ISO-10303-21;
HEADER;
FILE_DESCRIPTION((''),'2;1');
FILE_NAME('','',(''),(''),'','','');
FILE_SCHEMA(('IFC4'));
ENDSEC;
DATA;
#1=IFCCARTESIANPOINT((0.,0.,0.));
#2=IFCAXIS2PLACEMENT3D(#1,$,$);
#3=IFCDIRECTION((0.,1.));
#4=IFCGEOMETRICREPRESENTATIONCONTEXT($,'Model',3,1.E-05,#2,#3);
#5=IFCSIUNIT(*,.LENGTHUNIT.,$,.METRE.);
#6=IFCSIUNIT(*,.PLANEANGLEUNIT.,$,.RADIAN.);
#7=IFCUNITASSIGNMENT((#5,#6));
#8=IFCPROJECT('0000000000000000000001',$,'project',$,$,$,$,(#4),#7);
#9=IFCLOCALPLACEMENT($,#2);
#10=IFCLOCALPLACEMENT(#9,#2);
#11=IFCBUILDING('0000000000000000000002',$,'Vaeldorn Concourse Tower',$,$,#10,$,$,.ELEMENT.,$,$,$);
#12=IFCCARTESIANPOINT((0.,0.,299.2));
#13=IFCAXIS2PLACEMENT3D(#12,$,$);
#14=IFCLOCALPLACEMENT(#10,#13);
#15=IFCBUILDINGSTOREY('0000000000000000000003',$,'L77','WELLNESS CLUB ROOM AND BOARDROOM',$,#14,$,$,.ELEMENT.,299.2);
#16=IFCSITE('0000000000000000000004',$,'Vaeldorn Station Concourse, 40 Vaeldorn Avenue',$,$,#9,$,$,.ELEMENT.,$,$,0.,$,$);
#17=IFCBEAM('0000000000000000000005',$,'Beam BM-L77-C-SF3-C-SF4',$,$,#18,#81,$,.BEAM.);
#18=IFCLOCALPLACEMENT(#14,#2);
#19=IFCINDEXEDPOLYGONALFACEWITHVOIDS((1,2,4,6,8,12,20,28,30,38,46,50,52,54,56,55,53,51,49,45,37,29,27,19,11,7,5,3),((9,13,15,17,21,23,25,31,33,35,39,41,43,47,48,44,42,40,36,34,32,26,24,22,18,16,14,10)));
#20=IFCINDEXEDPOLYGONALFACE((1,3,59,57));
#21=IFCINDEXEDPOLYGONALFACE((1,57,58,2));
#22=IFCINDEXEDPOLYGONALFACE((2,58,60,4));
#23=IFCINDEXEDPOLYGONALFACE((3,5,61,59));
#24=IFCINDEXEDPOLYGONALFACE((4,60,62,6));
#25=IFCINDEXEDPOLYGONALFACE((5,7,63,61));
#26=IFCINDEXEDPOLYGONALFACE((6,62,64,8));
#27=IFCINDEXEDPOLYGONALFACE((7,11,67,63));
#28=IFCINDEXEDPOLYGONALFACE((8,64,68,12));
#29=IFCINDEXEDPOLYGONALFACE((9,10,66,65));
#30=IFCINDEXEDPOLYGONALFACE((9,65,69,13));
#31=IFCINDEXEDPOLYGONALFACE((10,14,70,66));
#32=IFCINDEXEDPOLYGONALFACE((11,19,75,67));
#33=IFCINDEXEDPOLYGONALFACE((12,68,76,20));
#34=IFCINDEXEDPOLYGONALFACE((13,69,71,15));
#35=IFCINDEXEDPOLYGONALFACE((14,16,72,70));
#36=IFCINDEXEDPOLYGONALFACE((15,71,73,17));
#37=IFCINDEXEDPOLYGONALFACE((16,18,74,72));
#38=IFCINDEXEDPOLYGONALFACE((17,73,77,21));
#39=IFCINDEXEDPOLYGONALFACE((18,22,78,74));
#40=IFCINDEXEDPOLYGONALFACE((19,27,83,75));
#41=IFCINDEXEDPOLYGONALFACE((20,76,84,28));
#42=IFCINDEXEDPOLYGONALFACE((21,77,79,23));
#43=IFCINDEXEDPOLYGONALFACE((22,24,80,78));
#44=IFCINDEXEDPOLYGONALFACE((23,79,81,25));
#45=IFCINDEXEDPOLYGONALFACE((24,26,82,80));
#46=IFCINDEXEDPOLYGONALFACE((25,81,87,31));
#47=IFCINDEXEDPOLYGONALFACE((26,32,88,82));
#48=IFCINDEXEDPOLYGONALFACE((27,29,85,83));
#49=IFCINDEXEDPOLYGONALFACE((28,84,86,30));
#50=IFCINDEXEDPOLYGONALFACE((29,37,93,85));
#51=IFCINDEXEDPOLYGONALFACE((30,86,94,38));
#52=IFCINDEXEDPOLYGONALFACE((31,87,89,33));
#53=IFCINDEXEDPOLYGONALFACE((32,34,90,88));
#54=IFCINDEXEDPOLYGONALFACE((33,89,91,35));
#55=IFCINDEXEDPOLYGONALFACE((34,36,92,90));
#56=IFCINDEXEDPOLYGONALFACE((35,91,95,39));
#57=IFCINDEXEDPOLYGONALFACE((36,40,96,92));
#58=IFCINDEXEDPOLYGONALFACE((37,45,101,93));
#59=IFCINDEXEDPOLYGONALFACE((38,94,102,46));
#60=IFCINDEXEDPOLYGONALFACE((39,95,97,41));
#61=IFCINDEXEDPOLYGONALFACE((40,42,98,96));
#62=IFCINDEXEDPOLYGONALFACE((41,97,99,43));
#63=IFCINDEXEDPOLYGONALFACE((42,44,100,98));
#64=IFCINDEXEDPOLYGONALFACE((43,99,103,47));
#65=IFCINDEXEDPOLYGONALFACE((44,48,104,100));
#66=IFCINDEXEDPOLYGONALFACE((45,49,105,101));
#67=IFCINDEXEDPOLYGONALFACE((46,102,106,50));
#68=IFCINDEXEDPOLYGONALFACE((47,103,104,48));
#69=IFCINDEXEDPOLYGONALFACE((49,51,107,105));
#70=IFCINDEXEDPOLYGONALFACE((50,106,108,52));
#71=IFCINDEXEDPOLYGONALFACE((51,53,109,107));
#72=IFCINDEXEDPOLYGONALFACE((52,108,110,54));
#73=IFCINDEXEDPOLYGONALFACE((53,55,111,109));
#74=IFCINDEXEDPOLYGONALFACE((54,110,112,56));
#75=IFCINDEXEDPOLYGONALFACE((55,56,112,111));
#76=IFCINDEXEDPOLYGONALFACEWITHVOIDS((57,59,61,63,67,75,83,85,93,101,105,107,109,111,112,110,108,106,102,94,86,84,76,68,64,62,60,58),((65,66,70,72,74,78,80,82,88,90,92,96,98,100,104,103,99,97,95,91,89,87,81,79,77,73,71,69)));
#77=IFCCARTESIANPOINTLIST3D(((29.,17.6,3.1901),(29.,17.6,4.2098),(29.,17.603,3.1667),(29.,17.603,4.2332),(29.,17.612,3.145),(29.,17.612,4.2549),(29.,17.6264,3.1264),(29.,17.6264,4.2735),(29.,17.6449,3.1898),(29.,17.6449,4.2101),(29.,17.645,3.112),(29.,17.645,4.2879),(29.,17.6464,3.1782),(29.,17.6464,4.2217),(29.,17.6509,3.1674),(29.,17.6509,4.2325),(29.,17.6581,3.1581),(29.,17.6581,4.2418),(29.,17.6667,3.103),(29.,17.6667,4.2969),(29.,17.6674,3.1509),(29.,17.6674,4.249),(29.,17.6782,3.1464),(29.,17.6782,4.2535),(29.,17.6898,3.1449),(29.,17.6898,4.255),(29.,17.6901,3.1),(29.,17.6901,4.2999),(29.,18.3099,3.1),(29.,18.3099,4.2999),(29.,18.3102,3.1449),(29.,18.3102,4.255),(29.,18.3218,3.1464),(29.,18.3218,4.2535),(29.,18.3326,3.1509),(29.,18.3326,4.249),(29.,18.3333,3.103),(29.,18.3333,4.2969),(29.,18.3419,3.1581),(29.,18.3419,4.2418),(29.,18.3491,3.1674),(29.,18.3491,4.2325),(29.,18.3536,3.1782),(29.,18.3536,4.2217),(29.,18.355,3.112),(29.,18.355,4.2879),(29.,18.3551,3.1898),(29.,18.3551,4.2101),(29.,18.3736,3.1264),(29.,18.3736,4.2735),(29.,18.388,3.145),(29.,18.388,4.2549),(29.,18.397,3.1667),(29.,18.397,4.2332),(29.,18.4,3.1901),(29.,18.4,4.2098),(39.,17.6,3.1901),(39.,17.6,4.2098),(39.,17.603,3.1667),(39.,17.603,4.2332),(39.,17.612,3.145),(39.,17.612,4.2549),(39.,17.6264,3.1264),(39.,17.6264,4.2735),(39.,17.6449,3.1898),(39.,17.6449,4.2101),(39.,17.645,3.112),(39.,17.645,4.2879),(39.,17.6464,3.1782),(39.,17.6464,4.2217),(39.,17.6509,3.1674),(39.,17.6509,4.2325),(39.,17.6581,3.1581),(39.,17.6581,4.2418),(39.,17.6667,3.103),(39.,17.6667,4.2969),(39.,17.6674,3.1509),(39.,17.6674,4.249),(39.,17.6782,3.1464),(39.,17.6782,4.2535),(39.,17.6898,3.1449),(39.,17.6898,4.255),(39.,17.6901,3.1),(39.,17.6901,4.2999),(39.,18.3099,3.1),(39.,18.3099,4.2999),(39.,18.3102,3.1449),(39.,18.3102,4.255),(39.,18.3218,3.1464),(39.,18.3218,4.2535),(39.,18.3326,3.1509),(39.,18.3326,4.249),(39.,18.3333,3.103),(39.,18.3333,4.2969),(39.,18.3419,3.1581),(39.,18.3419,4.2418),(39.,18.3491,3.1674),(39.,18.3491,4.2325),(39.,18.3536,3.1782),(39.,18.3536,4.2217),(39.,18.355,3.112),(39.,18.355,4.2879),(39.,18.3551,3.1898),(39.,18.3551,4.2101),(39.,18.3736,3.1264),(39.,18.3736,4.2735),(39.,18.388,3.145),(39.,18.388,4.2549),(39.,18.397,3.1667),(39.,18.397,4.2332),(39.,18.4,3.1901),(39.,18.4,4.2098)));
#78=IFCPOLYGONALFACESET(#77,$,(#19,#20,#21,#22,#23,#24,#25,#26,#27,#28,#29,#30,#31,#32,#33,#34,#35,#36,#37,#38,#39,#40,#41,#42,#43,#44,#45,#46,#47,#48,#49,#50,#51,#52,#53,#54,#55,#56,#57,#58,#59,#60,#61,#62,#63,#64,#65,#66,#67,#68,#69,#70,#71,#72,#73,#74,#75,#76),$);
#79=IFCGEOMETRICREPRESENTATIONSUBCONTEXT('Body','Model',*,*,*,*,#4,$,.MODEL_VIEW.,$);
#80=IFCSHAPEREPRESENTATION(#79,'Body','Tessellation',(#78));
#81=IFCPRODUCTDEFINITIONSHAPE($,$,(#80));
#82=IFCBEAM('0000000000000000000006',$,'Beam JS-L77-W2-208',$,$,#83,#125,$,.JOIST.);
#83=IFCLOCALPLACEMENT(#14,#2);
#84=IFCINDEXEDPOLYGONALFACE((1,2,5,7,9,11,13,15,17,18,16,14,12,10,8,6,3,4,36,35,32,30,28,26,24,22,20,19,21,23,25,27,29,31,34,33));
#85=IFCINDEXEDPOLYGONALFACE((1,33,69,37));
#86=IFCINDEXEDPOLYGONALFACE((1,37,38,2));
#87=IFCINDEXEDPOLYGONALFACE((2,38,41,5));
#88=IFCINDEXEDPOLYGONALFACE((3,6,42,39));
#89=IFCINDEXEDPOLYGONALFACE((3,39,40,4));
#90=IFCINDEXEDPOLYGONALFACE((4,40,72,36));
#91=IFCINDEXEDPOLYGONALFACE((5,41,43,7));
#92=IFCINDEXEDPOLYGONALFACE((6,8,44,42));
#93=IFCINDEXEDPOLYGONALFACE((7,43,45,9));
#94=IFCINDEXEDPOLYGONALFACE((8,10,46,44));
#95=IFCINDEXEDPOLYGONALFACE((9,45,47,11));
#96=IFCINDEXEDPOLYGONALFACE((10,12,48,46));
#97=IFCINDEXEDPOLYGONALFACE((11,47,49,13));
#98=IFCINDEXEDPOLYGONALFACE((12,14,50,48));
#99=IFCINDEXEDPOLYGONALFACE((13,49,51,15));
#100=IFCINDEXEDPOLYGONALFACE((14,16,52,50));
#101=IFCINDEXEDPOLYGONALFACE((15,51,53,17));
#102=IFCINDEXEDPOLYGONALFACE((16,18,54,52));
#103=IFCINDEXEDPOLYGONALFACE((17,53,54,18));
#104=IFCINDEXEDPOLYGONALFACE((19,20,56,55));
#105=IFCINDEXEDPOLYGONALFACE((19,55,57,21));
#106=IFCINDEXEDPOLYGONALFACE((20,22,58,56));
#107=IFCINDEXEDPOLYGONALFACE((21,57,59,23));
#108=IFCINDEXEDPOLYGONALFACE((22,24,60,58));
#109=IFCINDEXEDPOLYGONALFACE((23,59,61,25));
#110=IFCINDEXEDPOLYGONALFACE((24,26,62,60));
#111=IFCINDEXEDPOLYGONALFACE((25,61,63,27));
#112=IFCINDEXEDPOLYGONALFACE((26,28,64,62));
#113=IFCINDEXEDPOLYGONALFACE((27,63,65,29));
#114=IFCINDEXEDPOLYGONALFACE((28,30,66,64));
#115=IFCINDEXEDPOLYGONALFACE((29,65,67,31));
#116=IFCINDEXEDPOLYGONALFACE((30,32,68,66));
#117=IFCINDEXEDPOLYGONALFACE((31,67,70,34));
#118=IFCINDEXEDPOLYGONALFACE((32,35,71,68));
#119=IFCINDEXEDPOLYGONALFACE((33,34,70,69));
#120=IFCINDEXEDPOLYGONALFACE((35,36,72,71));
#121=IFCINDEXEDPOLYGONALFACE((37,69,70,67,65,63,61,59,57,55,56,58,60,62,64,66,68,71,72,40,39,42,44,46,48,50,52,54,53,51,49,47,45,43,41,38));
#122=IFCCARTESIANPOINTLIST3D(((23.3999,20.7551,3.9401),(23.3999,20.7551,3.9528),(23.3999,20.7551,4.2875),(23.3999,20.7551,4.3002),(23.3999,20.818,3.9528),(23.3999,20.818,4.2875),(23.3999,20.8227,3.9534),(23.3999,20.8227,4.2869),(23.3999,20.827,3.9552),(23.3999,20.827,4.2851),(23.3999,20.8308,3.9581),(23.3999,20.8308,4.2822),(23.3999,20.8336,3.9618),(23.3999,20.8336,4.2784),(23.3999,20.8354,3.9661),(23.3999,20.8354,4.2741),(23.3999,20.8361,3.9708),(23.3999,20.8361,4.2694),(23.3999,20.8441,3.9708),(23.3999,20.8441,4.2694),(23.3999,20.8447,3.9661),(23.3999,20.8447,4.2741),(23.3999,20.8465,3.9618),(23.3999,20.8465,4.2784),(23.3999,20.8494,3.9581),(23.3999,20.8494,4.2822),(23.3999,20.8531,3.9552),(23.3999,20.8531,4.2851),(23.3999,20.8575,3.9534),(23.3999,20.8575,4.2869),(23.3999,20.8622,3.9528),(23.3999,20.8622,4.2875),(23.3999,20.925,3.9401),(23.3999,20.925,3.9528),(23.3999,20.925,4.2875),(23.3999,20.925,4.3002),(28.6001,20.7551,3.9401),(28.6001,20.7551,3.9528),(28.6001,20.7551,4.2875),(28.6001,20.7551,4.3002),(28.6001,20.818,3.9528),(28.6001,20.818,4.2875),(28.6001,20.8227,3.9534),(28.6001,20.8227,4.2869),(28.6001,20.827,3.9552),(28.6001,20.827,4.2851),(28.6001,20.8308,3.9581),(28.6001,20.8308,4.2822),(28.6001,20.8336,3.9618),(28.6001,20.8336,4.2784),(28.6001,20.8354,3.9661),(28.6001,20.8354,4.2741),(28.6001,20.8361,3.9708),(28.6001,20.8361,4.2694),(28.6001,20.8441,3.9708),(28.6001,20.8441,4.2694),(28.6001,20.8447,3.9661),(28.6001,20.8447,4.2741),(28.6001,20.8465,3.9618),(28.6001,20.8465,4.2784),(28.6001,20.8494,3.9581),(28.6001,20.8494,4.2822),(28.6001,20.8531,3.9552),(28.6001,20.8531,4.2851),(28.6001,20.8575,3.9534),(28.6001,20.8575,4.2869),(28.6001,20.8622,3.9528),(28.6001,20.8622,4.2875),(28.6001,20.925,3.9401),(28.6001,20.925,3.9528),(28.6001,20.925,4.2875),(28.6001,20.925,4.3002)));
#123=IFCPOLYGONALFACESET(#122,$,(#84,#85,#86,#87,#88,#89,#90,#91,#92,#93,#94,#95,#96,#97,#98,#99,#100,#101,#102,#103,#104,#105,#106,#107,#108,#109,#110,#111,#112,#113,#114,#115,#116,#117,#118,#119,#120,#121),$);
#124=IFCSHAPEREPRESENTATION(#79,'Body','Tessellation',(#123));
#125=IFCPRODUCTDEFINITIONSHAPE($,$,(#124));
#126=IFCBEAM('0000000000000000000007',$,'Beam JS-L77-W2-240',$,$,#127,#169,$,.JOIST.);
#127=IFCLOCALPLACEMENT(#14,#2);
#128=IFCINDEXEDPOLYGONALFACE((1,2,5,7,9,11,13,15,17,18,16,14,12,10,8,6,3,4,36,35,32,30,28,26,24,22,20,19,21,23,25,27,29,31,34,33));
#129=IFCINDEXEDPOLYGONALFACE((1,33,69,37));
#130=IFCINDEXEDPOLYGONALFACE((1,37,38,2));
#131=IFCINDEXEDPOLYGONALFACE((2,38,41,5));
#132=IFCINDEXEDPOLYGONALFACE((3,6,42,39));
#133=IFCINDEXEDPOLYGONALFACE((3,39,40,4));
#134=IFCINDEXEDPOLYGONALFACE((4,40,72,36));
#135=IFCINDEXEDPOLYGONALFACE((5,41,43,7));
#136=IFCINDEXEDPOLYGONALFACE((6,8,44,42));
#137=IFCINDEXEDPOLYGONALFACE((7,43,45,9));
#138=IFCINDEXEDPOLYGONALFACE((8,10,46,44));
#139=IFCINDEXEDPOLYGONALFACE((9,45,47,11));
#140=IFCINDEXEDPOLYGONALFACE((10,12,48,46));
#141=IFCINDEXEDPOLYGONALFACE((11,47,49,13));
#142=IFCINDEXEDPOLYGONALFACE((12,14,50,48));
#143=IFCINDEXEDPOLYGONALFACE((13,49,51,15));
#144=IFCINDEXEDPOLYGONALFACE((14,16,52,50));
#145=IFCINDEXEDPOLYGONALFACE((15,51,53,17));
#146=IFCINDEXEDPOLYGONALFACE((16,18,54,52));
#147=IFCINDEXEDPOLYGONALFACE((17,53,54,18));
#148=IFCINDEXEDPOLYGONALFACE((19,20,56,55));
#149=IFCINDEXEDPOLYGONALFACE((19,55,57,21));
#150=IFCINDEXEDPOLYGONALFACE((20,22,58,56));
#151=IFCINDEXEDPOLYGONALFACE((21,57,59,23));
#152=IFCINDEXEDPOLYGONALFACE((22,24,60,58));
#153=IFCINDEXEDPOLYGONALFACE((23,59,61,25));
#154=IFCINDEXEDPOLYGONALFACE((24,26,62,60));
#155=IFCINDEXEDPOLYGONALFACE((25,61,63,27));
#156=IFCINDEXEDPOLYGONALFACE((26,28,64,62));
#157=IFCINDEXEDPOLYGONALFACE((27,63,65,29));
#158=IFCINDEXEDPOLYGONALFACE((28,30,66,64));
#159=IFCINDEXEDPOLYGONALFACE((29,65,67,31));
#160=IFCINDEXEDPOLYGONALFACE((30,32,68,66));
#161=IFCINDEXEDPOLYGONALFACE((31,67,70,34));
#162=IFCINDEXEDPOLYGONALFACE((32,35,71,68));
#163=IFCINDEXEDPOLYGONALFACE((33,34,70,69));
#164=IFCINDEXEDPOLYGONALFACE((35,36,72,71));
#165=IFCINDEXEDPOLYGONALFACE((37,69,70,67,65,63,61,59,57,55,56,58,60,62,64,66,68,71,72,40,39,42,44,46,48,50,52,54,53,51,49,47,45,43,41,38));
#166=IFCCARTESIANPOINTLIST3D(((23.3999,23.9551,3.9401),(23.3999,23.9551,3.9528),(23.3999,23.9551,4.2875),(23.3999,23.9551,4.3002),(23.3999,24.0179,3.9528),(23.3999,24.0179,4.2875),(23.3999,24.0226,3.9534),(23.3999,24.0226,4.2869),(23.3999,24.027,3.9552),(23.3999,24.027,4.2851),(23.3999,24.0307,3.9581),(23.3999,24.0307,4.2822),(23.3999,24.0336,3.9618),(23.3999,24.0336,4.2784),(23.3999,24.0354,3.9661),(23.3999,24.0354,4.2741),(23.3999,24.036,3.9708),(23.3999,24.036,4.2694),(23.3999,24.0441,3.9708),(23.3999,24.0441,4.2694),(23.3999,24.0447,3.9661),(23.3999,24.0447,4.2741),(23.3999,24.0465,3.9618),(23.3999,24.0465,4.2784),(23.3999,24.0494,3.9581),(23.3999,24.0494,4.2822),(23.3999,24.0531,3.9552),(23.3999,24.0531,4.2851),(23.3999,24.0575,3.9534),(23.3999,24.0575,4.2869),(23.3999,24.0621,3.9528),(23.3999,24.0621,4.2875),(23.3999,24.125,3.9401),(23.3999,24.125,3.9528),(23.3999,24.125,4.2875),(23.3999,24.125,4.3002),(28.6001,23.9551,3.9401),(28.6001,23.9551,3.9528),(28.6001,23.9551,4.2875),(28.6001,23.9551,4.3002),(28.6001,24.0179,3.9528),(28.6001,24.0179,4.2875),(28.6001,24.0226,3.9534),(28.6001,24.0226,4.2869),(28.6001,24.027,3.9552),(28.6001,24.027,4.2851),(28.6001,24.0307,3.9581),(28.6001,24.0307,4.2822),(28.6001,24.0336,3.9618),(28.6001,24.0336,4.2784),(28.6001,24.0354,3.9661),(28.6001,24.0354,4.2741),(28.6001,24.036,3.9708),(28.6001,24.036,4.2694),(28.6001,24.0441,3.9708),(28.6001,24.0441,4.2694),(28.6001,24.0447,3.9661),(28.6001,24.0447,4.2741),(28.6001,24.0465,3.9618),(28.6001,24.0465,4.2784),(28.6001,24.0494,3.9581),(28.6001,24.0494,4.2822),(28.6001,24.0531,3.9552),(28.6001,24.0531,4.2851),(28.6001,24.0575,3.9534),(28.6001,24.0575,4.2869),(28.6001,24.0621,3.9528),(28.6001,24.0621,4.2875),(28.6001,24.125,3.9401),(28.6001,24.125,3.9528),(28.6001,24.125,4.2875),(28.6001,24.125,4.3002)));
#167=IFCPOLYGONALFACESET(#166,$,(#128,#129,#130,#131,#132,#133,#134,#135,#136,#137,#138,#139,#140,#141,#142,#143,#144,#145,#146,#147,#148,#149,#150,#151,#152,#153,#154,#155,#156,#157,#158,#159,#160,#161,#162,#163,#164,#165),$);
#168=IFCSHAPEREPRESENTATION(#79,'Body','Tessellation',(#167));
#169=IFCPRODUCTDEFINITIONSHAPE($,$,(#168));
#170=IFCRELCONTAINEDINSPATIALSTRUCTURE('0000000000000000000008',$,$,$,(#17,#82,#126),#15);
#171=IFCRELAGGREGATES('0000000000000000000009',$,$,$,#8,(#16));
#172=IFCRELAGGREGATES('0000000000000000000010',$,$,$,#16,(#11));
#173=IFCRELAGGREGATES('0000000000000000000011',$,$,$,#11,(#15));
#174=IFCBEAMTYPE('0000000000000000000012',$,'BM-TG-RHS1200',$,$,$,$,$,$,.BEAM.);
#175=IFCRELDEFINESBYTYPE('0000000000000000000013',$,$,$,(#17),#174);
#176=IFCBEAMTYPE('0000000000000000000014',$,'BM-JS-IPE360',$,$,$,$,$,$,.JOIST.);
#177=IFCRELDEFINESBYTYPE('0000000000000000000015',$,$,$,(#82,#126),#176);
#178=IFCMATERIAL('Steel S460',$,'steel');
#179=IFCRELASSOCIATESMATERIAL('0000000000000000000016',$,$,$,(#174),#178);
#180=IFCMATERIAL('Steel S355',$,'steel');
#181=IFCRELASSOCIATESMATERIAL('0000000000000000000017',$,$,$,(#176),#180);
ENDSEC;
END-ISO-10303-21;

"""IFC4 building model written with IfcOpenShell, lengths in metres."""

from ifc_helpers import new_model, si_unit, direction, frame, origin, origin_2d, place, context, subcontext, project, spatial, hollow_rectangle, i_section, extrude, source, transform, mapped, material, material_profile, profile_set, type_object, element, save


model = new_model("IFC4")

# Units and contexts
model_context = context("Model", 3, precision=1e-05, world=origin(), true_north=direction((0.0, 1.0)))
body_context = subcontext(model_context, "Body", "Model", "MODEL_VIEW")
ifc_project = project(units=[si_unit("LENGTHUNIT", "METRE"), si_unit("PLANEANGLEUNIT", "RADIAN")], contexts=[model_context])

# Site, building, storey
site_placement = place(None, origin())
site = spatial("IfcSite", under=ifc_project, at=site_placement, Name="Vaeldorn Station Concourse, 40 Vaeldorn Avenue", CompositionType="ELEMENT", RefElevation=0.0)
building_placement = place(site_placement, origin())
building = spatial("IfcBuilding", under=site, at=building_placement, Name="Vaeldorn Concourse Tower", CompositionType="ELEMENT")
storey_placement = place(building_placement, frame((0.0, 0.0, 299.2)))
storey = spatial("IfcBuildingStorey", under=building, at=storey_placement, Name="L77", Description="WELLNESS CLUB ROOM AND BOARDROOM", CompositionType="ELEMENT", Elevation=299.2)

# Shared definitions
ifc_material_1 = material(Name="Steel S355", Category="steel")

# Beams
ifc_material_2 = material(Name="Steel S460", Category="steel")
ifc_material_profile_1 = material_profile(ifc_material_2, hollow_rectangle(XDim=0.8, YDim=1.2, WallThickness=0.0449, InnerFilletRadius=0.0449, OuterFilletRadius=0.0901, at=origin_2d()), Name="RHS 1200x800x45")
ifc_profile_set_1 = profile_set([ifc_material_profile_1], Name="Steel S460")
beam_type_1 = type_object("IfcBeamType", Name="BM-TG-RHS1200", PredefinedType="BEAM", material=ifc_profile_set_1)
shared_shape_1 = source(origin(), body_context, "Body", "SweptSolid", [
    extrude(hollow_rectangle(XDim=0.8, YDim=1.2, WallThickness=0.0449, InnerFilletRadius=0.0449, OuterFilletRadius=0.0901, at=origin_2d()), origin(), (0.0, 0.0, 1.0), 10.0),
])
for number, where, z_axis, x_axis, name in (
    (1, (29.0, 18.0, 3.7), (1.0, 0.0, 0.0), (0.0, 1.0, 0.0), "Beam BM-L77-C-SF3-C-SF4"),
):
    element("IfcBeam", number, at=place(storey_placement, frame(where, z_axis=z_axis, x_axis=x_axis)), inside=storey, type_object=beam_type_1, Name=name, PredefinedType="BEAM", context=body_context, shape_type="MappedRepresentation", body=[
        mapped(shared_shape_1, transform((0.0, 0.0, 0.0), scale=1.0)),
    ])
ifc_material_profile_2 = material_profile(ifc_material_1, i_section(OverallWidth=0.1699, OverallDepth=0.3601, WebThickness=0.0081, FlangeThickness=0.0127, FilletRadius=0.0181, at=origin_2d()), Name="IPE 360")
ifc_profile_set_2 = profile_set([ifc_material_profile_2], Name="Steel S355")
beam_type_2 = type_object("IfcBeamType", Name="BM-JS-IPE360", PredefinedType="JOIST", material=ifc_profile_set_2)
shared_shape_2 = source(origin(), body_context, "Body", "SweptSolid", [
    extrude(i_section(OverallWidth=0.1699, OverallDepth=0.3601, WebThickness=0.0081, FlangeThickness=0.0127, FilletRadius=0.0181, at=origin_2d()), origin(), (0.0, 0.0, 1.0), 5.2002),
])
for number, where, z_axis, x_axis, name in (
    (2, (23.3999, 20.8401, 4.1201), (1.0, 0.0, 0.0), (0.0, 1.0, 0.0), "Beam JS-L77-W2-208"),
    (3, (23.3999, 24.04, 4.1201), (1.0, 0.0, 0.0), (0.0, 1.0, 0.0), "Beam JS-L77-W2-240"),
):
    element("IfcBeam", number, at=place(storey_placement, frame(where, z_axis=z_axis, x_axis=x_axis)), inside=storey, type_object=beam_type_2, Name=name, PredefinedType="JOIST", context=body_context, shape_type="MappedRepresentation", body=[
        mapped(shared_shape_2, transform((0.0, 0.0, 0.0), scale=1.0)),
    ])

save(model, "model.ifc")
